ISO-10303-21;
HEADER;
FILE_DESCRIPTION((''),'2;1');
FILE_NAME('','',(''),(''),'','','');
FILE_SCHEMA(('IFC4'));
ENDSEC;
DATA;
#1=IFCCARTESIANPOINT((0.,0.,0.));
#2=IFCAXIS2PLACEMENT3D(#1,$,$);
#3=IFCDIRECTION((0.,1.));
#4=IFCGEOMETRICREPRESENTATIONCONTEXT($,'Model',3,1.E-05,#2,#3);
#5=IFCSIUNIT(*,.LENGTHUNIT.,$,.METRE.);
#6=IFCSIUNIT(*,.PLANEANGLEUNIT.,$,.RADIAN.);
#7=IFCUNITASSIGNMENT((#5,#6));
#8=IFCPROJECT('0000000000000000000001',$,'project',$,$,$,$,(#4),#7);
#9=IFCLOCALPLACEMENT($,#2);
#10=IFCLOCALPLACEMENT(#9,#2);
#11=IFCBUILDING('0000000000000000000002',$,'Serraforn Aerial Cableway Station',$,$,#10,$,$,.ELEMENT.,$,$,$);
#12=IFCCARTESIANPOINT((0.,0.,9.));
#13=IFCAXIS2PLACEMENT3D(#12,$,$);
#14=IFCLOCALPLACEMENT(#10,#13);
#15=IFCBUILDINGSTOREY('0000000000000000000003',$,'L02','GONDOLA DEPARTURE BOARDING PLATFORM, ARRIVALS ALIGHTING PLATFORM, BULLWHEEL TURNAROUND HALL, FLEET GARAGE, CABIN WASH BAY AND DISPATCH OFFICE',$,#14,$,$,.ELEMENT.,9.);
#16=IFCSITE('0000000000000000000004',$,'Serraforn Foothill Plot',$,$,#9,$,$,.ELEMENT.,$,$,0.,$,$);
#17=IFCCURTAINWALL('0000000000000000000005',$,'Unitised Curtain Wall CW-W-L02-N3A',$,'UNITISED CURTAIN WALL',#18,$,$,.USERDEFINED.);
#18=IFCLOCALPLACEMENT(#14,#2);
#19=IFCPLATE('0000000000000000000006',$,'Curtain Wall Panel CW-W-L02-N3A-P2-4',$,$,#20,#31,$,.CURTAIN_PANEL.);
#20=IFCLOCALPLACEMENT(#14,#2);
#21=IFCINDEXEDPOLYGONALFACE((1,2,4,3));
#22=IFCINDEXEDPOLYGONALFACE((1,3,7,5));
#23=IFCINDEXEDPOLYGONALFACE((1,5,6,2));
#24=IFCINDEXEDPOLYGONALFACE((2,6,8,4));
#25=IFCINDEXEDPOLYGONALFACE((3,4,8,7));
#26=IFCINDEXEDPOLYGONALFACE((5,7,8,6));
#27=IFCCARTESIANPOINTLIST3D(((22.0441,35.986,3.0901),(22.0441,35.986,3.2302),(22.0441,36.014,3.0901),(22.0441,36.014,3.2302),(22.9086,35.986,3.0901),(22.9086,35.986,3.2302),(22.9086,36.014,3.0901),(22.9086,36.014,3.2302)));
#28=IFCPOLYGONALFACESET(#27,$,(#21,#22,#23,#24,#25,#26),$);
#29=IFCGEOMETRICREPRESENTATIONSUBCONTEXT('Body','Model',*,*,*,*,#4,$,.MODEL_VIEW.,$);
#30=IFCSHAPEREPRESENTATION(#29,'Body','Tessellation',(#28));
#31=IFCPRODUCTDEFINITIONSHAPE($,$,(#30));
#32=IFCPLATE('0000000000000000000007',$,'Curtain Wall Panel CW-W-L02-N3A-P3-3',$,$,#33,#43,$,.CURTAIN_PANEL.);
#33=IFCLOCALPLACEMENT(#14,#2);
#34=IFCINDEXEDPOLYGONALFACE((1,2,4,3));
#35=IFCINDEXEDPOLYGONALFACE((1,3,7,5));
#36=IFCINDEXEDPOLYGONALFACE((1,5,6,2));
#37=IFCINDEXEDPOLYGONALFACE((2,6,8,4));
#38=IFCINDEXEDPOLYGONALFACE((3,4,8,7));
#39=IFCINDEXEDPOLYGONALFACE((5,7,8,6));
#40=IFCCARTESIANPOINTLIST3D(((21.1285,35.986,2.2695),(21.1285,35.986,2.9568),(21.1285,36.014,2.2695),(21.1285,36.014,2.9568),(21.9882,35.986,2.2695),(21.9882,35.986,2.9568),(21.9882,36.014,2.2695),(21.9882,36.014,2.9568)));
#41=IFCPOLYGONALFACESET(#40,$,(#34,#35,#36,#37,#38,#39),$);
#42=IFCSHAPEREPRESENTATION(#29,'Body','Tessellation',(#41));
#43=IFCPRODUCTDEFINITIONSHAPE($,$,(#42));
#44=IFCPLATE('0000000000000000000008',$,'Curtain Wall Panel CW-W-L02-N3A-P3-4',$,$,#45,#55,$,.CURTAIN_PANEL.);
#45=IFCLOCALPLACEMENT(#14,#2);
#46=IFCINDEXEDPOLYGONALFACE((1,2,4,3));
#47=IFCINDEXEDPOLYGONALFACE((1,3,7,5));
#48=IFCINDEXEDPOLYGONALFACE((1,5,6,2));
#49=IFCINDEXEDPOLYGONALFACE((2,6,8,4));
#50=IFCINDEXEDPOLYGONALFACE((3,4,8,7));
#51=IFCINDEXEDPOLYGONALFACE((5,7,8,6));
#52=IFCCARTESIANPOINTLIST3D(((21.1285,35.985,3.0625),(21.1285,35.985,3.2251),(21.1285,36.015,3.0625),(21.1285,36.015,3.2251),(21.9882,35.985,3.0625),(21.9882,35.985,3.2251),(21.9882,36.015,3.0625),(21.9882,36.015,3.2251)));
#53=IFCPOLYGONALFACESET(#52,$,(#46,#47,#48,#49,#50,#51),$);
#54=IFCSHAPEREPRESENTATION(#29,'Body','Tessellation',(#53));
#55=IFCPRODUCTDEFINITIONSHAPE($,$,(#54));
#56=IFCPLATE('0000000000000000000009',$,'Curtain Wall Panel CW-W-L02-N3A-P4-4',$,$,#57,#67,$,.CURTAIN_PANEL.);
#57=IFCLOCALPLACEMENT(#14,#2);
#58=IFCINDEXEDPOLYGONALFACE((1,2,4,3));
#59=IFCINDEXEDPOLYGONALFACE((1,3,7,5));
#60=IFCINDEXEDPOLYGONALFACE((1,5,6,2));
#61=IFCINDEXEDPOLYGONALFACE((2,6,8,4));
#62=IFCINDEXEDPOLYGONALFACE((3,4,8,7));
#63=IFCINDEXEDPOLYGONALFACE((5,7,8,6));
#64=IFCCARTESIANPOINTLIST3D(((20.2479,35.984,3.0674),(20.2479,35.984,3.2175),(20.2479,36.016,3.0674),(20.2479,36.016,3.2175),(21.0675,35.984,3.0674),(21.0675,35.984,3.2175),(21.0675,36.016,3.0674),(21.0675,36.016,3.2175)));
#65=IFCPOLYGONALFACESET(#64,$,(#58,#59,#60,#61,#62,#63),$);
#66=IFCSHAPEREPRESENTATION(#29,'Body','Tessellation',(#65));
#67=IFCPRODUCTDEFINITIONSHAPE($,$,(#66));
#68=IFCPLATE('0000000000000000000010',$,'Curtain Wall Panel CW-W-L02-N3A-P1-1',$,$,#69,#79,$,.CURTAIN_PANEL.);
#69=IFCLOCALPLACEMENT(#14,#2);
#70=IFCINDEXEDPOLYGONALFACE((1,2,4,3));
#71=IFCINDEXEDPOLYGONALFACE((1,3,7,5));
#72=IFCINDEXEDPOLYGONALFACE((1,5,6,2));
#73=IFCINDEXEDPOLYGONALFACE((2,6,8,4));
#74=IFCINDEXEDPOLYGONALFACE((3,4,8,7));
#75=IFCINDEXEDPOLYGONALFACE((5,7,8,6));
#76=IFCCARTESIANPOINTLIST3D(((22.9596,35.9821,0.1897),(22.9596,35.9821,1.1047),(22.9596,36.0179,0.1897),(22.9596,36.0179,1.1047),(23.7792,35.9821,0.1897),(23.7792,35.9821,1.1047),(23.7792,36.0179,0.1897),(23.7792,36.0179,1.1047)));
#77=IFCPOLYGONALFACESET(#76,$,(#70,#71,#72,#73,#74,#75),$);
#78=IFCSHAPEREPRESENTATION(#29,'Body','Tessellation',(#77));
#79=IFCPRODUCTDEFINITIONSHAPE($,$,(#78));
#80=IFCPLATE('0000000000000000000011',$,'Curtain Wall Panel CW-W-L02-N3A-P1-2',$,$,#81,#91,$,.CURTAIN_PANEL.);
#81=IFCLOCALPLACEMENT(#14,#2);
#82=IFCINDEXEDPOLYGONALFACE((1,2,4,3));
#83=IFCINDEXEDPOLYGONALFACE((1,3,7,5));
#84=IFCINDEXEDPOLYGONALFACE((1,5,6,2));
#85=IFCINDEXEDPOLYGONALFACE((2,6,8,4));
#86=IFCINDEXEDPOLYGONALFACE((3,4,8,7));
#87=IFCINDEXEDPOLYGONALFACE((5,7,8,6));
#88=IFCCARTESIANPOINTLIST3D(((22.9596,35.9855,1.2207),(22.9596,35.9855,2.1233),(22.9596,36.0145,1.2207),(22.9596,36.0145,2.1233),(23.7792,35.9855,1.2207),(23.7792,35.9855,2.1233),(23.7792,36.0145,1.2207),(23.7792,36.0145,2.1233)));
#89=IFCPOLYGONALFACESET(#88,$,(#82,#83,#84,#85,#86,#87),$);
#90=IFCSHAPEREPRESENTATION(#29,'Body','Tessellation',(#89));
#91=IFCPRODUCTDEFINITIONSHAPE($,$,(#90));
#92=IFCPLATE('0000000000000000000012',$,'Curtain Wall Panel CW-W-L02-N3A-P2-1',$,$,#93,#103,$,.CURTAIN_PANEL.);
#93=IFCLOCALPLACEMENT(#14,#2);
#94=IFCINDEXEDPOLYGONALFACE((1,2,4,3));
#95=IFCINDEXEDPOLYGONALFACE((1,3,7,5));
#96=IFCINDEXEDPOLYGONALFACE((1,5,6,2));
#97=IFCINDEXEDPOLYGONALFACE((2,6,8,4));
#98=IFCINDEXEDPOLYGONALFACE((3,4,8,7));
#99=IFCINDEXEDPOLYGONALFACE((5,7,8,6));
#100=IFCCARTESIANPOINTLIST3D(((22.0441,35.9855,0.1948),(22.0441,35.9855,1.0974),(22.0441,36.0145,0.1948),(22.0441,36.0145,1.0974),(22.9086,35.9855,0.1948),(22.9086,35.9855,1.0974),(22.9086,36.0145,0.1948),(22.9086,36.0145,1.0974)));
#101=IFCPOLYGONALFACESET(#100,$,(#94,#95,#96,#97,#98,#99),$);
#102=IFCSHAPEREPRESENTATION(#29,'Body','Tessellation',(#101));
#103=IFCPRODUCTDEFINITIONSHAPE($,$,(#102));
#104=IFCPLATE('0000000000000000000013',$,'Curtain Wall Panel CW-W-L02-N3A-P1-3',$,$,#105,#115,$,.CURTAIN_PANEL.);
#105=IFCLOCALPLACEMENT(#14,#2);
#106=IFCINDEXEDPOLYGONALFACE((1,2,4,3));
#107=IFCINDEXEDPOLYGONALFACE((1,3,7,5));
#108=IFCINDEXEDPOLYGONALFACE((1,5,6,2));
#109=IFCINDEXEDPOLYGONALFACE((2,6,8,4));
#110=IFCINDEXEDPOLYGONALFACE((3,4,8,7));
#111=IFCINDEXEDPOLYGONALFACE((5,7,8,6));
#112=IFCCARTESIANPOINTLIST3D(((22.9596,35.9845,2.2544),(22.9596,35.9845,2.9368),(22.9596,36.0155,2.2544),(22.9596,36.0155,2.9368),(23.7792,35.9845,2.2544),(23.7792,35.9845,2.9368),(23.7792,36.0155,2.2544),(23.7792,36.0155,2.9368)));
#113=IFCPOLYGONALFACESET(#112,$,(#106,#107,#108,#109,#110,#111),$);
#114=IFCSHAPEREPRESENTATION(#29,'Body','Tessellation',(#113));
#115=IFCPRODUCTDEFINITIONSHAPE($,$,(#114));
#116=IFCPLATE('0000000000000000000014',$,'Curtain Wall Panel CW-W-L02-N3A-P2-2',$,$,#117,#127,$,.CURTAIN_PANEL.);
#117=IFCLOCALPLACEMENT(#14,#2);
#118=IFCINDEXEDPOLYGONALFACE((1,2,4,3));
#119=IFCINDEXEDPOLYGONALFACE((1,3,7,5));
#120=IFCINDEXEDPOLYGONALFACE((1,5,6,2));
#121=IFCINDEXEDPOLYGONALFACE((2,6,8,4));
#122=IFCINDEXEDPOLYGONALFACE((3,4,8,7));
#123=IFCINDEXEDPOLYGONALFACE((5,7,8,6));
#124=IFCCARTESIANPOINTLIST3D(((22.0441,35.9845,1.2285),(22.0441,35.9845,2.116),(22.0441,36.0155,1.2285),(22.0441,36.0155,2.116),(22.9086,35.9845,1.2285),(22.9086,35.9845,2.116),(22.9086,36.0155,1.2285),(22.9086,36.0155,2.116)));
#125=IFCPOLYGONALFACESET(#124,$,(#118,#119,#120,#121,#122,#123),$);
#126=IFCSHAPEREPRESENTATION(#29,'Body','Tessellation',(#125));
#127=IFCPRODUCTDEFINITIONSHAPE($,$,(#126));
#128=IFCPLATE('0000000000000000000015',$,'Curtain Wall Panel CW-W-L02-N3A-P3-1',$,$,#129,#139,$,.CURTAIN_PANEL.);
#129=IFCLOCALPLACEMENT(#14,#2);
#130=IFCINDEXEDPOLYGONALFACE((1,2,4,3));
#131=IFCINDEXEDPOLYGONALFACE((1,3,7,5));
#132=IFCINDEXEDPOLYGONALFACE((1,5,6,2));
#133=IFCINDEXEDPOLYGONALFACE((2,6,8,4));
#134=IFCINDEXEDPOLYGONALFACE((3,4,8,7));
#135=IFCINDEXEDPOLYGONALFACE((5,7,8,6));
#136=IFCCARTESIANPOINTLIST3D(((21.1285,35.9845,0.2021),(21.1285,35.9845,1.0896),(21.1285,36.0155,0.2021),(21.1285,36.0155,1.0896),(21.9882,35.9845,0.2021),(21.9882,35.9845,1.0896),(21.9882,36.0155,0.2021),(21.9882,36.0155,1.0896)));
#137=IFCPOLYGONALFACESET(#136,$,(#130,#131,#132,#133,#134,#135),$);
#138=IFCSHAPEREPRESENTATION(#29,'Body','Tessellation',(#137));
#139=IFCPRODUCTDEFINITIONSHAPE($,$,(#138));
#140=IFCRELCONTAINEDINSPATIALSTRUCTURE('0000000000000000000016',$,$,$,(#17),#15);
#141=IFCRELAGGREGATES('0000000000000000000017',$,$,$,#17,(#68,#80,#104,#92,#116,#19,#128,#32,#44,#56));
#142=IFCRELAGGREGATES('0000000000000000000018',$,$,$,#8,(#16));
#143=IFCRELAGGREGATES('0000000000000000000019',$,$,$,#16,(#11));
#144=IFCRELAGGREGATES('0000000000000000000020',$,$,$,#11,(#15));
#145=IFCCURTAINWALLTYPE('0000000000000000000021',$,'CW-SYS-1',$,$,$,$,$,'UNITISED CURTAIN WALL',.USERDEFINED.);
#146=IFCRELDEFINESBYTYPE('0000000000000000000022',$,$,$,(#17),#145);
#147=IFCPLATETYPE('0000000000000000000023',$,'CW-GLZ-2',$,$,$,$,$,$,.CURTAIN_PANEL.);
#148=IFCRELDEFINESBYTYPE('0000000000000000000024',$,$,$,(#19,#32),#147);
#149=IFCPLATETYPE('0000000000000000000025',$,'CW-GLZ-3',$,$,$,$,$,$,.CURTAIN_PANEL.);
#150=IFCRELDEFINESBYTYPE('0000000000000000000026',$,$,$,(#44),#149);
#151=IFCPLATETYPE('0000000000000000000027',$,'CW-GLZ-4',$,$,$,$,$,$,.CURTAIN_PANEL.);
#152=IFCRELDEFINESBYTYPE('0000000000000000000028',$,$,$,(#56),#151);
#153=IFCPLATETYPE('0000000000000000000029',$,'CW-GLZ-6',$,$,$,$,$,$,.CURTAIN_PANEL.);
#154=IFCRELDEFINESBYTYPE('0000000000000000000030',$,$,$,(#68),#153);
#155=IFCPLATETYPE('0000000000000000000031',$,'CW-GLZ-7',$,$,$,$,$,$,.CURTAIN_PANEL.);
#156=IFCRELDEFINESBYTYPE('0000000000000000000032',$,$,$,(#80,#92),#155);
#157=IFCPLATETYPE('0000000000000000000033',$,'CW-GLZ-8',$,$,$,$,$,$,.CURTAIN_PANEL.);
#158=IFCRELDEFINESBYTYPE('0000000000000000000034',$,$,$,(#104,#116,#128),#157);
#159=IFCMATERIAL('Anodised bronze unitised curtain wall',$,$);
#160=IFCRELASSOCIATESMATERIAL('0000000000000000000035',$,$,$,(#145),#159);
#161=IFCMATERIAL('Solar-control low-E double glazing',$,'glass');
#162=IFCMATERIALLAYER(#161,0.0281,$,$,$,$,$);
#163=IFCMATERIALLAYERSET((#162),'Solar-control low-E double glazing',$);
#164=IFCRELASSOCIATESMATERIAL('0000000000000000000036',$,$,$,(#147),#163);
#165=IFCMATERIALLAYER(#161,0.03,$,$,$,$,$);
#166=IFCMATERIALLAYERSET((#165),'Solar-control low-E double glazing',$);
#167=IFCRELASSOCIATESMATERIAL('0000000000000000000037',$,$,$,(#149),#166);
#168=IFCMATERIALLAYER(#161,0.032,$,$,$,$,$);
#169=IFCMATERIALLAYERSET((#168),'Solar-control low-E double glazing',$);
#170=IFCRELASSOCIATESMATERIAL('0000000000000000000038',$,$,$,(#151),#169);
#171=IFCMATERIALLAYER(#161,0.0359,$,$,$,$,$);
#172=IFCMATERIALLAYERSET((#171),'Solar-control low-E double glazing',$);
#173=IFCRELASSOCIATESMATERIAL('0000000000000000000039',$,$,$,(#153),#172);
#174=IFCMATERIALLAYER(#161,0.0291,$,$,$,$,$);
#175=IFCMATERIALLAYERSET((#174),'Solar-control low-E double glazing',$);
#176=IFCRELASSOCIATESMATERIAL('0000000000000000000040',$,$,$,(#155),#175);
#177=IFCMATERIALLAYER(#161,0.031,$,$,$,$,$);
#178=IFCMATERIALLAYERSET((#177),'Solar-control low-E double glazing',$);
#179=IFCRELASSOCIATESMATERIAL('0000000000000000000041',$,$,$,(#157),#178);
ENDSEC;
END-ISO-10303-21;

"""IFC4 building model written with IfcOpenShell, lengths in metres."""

from ifc_helpers import new_model, si_unit, direction, frame, origin, origin_2d, place, context, subcontext, project, spatial, rectangle, extrude, material, layer, layer_set, type_object, element, aggregate, save


model = new_model("IFC4")

# Units and contexts
model_context = context("Model", 3, precision=1e-05, world=origin(), true_north=direction((0.0, 1.0)))
body_context = subcontext(model_context, "Body", "Model", "MODEL_VIEW")
ifc_project = project(units=[si_unit("LENGTHUNIT", "METRE"), si_unit("PLANEANGLEUNIT", "RADIAN")], contexts=[model_context])

# Site, building, storey
site_placement = place(None, origin())
site = spatial("IfcSite", under=ifc_project, at=site_placement, Name="Serraforn Foothill Plot", CompositionType="ELEMENT", RefElevation=0.0)
building_placement = place(site_placement, origin())
building = spatial("IfcBuilding", under=site, at=building_placement, Name="Serraforn Aerial Cableway Station", CompositionType="ELEMENT")
storey_placement = place(building_placement, frame((0.0, 0.0, 9.0)))
storey = spatial("IfcBuildingStorey", under=building, at=storey_placement, Name="L02", Description="GONDOLA DEPARTURE BOARDING PLATFORM, ARRIVALS ALIGHTING PLATFORM, BULLWHEEL TURNAROUND HALL, FLEET GARAGE, CABIN WASH BAY AND DISPATCH OFFICE", CompositionType="ELEMENT", Elevation=9.0)

# Curtain wall, plates
ifc_material_1 = material(Name="Anodised bronze unitised curtain wall")
curtain_wall_type = type_object("IfcCurtainWallType", Name="CW-SYS-1", ElementType="UNITISED CURTAIN WALL", PredefinedType="USERDEFINED", material=ifc_material_1)
curtain_wall_placement = place(storey_placement, origin())
curtain_wall = element("IfcCurtainWall", 1, at=curtain_wall_placement, inside=storey, type_object=curtain_wall_type, Name="Unitised Curtain Wall CW-W-L02-N3A", ObjectType="UNITISED CURTAIN WALL", PredefinedType="USERDEFINED")
ifc_material_2 = material(Name="Solar-control low-E double glazing", Category="glass")
ifc_layer_1 = layer(ifc_material_2, 0.0281)
ifc_layer_set_1 = layer_set([ifc_layer_1], Name="Solar-control low-E double glazing")
plate_type_1 = type_object("IfcPlateType", Name="CW-GLZ-2", PredefinedType="CURTAIN_PANEL", material=ifc_layer_set_1)
plate_1_placement = place(storey_placement, frame((22.4763, 36.0, 3.0901), z_axis=(0.0, 0.0, 1.0), x_axis=(1.0, 0.0, 0.0)))
plate_1 = element("IfcPlate", 2, at=plate_1_placement, type_object=plate_type_1, Name="Curtain Wall Panel CW-W-L02-N3A-P2-4", PredefinedType="CURTAIN_PANEL", context=body_context, shape_type="SweptSolid", body=[
    extrude(rectangle(XDim=0.8645, YDim=0.0281, at=origin_2d()), origin(), (0.0, 0.0, 1.0), 0.1401),
])
plate_2_placement = place(storey_placement, frame((21.5583, 36.0, 2.2695), z_axis=(0.0, 0.0, 1.0), x_axis=(1.0, 0.0, 0.0)))
plate_2 = element("IfcPlate", 3, at=plate_2_placement, type_object=plate_type_1, Name="Curtain Wall Panel CW-W-L02-N3A-P3-3", PredefinedType="CURTAIN_PANEL", context=body_context, shape_type="SweptSolid", body=[
    extrude(rectangle(XDim=0.8596, YDim=0.0281, at=origin_2d()), origin(), (0.0, 0.0, 1.0), 0.6873),
])
ifc_layer_2 = layer(ifc_material_2, 0.03)
ifc_layer_set_2 = layer_set([ifc_layer_2], Name="Solar-control low-E double glazing")
plate_type_2 = type_object("IfcPlateType", Name="CW-GLZ-3", PredefinedType="CURTAIN_PANEL", material=ifc_layer_set_2)
plate_3_placement = place(storey_placement, frame((21.5583, 36.0, 3.0625), z_axis=(0.0, 0.0, 1.0), x_axis=(1.0, 0.0, 0.0)))
plate_3 = element("IfcPlate", 4, at=plate_3_placement, type_object=plate_type_2, Name="Curtain Wall Panel CW-W-L02-N3A-P3-4", PredefinedType="CURTAIN_PANEL", context=body_context, shape_type="SweptSolid", body=[
    extrude(rectangle(XDim=0.8596, YDim=0.03, at=origin_2d()), origin(), (0.0, 0.0, 1.0), 0.1626),
])
ifc_layer_3 = layer(ifc_material_2, 0.032)
ifc_layer_set_3 = layer_set([ifc_layer_3], Name="Solar-control low-E double glazing")
plate_type_3 = type_object("IfcPlateType", Name="CW-GLZ-4", PredefinedType="CURTAIN_PANEL", material=ifc_layer_set_3)
plate_4_placement = place(storey_placement, frame((20.6577, 36.0, 3.0674), z_axis=(0.0, 0.0, 1.0), x_axis=(1.0, 0.0, 0.0)))
plate_4 = element("IfcPlate", 5, at=plate_4_placement, type_object=plate_type_3, Name="Curtain Wall Panel CW-W-L02-N3A-P4-4", PredefinedType="CURTAIN_PANEL", context=body_context, shape_type="SweptSolid", body=[
    extrude(rectangle(XDim=0.8196, YDim=0.032, at=origin_2d()), origin(), (0.0, 0.0, 1.0), 0.1501),
])
ifc_layer_4 = layer(ifc_material_2, 0.0359)
ifc_layer_set_4 = layer_set([ifc_layer_4], Name="Solar-control low-E double glazing")
plate_type_4 = type_object("IfcPlateType", Name="CW-GLZ-6", PredefinedType="CURTAIN_PANEL", material=ifc_layer_set_4)
plate_5_placement = place(storey_placement, frame((23.3694, 36.0, 0.1897), z_axis=(0.0, 0.0, 1.0), x_axis=(1.0, 0.0, 0.0)))
plate_5 = element("IfcPlate", 6, at=plate_5_placement, type_object=plate_type_4, Name="Curtain Wall Panel CW-W-L02-N3A-P1-1", PredefinedType="CURTAIN_PANEL", context=body_context, shape_type="SweptSolid", body=[
    extrude(rectangle(XDim=0.8196, YDim=0.0359, at=origin_2d()), origin(), (0.0, 0.0, 1.0), 0.915),
])
ifc_layer_5 = layer(ifc_material_2, 0.0291)
ifc_layer_set_5 = layer_set([ifc_layer_5], Name="Solar-control low-E double glazing")
plate_type_5 = type_object("IfcPlateType", Name="CW-GLZ-7", PredefinedType="CURTAIN_PANEL", material=ifc_layer_set_5)
plate_6_placement = place(storey_placement, frame((23.3694, 36.0, 1.2207), z_axis=(0.0, 0.0, 1.0), x_axis=(1.0, 0.0, 0.0)))
plate_6 = element("IfcPlate", 7, at=plate_6_placement, type_object=plate_type_5, Name="Curtain Wall Panel CW-W-L02-N3A-P1-2", PredefinedType="CURTAIN_PANEL", context=body_context, shape_type="SweptSolid", body=[
    extrude(rectangle(XDim=0.8196, YDim=0.0291, at=origin_2d()), origin(), (0.0, 0.0, 1.0), 0.9026),
])
plate_7_placement = place(storey_placement, frame((22.4763, 36.0, 0.1948), z_axis=(0.0, 0.0, 1.0), x_axis=(1.0, 0.0, 0.0)))
plate_7 = element("IfcPlate", 8, at=plate_7_placement, type_object=plate_type_5, Name="Curtain Wall Panel CW-W-L02-N3A-P2-1", PredefinedType="CURTAIN_PANEL", context=body_context, shape_type="SweptSolid", body=[
    extrude(rectangle(XDim=0.8645, YDim=0.0291, at=origin_2d()), origin(), (0.0, 0.0, 1.0), 0.9026),
])
ifc_layer_6 = layer(ifc_material_2, 0.031)
ifc_layer_set_6 = layer_set([ifc_layer_6], Name="Solar-control low-E double glazing")
plate_type_6 = type_object("IfcPlateType", Name="CW-GLZ-8", PredefinedType="CURTAIN_PANEL", material=ifc_layer_set_6)
plate_8_placement = place(storey_placement, frame((23.3694, 36.0, 2.2544), z_axis=(0.0, 0.0, 1.0), x_axis=(1.0, 0.0, 0.0)))
plate_8 = element("IfcPlate", 9, at=plate_8_placement, type_object=plate_type_6, Name="Curtain Wall Panel CW-W-L02-N3A-P1-3", PredefinedType="CURTAIN_PANEL", context=body_context, shape_type="SweptSolid", body=[
    extrude(rectangle(XDim=0.8196, YDim=0.031, at=origin_2d()), origin(), (0.0, 0.0, 1.0), 0.6824),
])
plate_9_placement = place(storey_placement, frame((22.4763, 36.0, 1.2285), z_axis=(0.0, 0.0, 1.0), x_axis=(1.0, 0.0, 0.0)))
plate_9 = element("IfcPlate", 10, at=plate_9_placement, type_object=plate_type_6, Name="Curtain Wall Panel CW-W-L02-N3A-P2-2", PredefinedType="CURTAIN_PANEL", context=body_context, shape_type="SweptSolid", body=[
    extrude(rectangle(XDim=0.8645, YDim=0.031, at=origin_2d()), origin(), (0.0, 0.0, 1.0), 0.8875),
])
plate_10_placement = place(storey_placement, frame((21.5583, 36.0, 0.2021), z_axis=(0.0, 0.0, 1.0), x_axis=(1.0, 0.0, 0.0)))
plate_10 = element("IfcPlate", 11, at=plate_10_placement, type_object=plate_type_6, Name="Curtain Wall Panel CW-W-L02-N3A-P3-1", PredefinedType="CURTAIN_PANEL", context=body_context, shape_type="SweptSolid", body=[
    extrude(rectangle(XDim=0.8596, YDim=0.031, at=origin_2d()), origin(), (0.0, 0.0, 1.0), 0.8875),
])
aggregate(curtain_wall, [plate_5, plate_6, plate_8, plate_7, plate_9, plate_1, plate_10, plate_2, plate_3, plate_4])

save(model, "model.ifc")
